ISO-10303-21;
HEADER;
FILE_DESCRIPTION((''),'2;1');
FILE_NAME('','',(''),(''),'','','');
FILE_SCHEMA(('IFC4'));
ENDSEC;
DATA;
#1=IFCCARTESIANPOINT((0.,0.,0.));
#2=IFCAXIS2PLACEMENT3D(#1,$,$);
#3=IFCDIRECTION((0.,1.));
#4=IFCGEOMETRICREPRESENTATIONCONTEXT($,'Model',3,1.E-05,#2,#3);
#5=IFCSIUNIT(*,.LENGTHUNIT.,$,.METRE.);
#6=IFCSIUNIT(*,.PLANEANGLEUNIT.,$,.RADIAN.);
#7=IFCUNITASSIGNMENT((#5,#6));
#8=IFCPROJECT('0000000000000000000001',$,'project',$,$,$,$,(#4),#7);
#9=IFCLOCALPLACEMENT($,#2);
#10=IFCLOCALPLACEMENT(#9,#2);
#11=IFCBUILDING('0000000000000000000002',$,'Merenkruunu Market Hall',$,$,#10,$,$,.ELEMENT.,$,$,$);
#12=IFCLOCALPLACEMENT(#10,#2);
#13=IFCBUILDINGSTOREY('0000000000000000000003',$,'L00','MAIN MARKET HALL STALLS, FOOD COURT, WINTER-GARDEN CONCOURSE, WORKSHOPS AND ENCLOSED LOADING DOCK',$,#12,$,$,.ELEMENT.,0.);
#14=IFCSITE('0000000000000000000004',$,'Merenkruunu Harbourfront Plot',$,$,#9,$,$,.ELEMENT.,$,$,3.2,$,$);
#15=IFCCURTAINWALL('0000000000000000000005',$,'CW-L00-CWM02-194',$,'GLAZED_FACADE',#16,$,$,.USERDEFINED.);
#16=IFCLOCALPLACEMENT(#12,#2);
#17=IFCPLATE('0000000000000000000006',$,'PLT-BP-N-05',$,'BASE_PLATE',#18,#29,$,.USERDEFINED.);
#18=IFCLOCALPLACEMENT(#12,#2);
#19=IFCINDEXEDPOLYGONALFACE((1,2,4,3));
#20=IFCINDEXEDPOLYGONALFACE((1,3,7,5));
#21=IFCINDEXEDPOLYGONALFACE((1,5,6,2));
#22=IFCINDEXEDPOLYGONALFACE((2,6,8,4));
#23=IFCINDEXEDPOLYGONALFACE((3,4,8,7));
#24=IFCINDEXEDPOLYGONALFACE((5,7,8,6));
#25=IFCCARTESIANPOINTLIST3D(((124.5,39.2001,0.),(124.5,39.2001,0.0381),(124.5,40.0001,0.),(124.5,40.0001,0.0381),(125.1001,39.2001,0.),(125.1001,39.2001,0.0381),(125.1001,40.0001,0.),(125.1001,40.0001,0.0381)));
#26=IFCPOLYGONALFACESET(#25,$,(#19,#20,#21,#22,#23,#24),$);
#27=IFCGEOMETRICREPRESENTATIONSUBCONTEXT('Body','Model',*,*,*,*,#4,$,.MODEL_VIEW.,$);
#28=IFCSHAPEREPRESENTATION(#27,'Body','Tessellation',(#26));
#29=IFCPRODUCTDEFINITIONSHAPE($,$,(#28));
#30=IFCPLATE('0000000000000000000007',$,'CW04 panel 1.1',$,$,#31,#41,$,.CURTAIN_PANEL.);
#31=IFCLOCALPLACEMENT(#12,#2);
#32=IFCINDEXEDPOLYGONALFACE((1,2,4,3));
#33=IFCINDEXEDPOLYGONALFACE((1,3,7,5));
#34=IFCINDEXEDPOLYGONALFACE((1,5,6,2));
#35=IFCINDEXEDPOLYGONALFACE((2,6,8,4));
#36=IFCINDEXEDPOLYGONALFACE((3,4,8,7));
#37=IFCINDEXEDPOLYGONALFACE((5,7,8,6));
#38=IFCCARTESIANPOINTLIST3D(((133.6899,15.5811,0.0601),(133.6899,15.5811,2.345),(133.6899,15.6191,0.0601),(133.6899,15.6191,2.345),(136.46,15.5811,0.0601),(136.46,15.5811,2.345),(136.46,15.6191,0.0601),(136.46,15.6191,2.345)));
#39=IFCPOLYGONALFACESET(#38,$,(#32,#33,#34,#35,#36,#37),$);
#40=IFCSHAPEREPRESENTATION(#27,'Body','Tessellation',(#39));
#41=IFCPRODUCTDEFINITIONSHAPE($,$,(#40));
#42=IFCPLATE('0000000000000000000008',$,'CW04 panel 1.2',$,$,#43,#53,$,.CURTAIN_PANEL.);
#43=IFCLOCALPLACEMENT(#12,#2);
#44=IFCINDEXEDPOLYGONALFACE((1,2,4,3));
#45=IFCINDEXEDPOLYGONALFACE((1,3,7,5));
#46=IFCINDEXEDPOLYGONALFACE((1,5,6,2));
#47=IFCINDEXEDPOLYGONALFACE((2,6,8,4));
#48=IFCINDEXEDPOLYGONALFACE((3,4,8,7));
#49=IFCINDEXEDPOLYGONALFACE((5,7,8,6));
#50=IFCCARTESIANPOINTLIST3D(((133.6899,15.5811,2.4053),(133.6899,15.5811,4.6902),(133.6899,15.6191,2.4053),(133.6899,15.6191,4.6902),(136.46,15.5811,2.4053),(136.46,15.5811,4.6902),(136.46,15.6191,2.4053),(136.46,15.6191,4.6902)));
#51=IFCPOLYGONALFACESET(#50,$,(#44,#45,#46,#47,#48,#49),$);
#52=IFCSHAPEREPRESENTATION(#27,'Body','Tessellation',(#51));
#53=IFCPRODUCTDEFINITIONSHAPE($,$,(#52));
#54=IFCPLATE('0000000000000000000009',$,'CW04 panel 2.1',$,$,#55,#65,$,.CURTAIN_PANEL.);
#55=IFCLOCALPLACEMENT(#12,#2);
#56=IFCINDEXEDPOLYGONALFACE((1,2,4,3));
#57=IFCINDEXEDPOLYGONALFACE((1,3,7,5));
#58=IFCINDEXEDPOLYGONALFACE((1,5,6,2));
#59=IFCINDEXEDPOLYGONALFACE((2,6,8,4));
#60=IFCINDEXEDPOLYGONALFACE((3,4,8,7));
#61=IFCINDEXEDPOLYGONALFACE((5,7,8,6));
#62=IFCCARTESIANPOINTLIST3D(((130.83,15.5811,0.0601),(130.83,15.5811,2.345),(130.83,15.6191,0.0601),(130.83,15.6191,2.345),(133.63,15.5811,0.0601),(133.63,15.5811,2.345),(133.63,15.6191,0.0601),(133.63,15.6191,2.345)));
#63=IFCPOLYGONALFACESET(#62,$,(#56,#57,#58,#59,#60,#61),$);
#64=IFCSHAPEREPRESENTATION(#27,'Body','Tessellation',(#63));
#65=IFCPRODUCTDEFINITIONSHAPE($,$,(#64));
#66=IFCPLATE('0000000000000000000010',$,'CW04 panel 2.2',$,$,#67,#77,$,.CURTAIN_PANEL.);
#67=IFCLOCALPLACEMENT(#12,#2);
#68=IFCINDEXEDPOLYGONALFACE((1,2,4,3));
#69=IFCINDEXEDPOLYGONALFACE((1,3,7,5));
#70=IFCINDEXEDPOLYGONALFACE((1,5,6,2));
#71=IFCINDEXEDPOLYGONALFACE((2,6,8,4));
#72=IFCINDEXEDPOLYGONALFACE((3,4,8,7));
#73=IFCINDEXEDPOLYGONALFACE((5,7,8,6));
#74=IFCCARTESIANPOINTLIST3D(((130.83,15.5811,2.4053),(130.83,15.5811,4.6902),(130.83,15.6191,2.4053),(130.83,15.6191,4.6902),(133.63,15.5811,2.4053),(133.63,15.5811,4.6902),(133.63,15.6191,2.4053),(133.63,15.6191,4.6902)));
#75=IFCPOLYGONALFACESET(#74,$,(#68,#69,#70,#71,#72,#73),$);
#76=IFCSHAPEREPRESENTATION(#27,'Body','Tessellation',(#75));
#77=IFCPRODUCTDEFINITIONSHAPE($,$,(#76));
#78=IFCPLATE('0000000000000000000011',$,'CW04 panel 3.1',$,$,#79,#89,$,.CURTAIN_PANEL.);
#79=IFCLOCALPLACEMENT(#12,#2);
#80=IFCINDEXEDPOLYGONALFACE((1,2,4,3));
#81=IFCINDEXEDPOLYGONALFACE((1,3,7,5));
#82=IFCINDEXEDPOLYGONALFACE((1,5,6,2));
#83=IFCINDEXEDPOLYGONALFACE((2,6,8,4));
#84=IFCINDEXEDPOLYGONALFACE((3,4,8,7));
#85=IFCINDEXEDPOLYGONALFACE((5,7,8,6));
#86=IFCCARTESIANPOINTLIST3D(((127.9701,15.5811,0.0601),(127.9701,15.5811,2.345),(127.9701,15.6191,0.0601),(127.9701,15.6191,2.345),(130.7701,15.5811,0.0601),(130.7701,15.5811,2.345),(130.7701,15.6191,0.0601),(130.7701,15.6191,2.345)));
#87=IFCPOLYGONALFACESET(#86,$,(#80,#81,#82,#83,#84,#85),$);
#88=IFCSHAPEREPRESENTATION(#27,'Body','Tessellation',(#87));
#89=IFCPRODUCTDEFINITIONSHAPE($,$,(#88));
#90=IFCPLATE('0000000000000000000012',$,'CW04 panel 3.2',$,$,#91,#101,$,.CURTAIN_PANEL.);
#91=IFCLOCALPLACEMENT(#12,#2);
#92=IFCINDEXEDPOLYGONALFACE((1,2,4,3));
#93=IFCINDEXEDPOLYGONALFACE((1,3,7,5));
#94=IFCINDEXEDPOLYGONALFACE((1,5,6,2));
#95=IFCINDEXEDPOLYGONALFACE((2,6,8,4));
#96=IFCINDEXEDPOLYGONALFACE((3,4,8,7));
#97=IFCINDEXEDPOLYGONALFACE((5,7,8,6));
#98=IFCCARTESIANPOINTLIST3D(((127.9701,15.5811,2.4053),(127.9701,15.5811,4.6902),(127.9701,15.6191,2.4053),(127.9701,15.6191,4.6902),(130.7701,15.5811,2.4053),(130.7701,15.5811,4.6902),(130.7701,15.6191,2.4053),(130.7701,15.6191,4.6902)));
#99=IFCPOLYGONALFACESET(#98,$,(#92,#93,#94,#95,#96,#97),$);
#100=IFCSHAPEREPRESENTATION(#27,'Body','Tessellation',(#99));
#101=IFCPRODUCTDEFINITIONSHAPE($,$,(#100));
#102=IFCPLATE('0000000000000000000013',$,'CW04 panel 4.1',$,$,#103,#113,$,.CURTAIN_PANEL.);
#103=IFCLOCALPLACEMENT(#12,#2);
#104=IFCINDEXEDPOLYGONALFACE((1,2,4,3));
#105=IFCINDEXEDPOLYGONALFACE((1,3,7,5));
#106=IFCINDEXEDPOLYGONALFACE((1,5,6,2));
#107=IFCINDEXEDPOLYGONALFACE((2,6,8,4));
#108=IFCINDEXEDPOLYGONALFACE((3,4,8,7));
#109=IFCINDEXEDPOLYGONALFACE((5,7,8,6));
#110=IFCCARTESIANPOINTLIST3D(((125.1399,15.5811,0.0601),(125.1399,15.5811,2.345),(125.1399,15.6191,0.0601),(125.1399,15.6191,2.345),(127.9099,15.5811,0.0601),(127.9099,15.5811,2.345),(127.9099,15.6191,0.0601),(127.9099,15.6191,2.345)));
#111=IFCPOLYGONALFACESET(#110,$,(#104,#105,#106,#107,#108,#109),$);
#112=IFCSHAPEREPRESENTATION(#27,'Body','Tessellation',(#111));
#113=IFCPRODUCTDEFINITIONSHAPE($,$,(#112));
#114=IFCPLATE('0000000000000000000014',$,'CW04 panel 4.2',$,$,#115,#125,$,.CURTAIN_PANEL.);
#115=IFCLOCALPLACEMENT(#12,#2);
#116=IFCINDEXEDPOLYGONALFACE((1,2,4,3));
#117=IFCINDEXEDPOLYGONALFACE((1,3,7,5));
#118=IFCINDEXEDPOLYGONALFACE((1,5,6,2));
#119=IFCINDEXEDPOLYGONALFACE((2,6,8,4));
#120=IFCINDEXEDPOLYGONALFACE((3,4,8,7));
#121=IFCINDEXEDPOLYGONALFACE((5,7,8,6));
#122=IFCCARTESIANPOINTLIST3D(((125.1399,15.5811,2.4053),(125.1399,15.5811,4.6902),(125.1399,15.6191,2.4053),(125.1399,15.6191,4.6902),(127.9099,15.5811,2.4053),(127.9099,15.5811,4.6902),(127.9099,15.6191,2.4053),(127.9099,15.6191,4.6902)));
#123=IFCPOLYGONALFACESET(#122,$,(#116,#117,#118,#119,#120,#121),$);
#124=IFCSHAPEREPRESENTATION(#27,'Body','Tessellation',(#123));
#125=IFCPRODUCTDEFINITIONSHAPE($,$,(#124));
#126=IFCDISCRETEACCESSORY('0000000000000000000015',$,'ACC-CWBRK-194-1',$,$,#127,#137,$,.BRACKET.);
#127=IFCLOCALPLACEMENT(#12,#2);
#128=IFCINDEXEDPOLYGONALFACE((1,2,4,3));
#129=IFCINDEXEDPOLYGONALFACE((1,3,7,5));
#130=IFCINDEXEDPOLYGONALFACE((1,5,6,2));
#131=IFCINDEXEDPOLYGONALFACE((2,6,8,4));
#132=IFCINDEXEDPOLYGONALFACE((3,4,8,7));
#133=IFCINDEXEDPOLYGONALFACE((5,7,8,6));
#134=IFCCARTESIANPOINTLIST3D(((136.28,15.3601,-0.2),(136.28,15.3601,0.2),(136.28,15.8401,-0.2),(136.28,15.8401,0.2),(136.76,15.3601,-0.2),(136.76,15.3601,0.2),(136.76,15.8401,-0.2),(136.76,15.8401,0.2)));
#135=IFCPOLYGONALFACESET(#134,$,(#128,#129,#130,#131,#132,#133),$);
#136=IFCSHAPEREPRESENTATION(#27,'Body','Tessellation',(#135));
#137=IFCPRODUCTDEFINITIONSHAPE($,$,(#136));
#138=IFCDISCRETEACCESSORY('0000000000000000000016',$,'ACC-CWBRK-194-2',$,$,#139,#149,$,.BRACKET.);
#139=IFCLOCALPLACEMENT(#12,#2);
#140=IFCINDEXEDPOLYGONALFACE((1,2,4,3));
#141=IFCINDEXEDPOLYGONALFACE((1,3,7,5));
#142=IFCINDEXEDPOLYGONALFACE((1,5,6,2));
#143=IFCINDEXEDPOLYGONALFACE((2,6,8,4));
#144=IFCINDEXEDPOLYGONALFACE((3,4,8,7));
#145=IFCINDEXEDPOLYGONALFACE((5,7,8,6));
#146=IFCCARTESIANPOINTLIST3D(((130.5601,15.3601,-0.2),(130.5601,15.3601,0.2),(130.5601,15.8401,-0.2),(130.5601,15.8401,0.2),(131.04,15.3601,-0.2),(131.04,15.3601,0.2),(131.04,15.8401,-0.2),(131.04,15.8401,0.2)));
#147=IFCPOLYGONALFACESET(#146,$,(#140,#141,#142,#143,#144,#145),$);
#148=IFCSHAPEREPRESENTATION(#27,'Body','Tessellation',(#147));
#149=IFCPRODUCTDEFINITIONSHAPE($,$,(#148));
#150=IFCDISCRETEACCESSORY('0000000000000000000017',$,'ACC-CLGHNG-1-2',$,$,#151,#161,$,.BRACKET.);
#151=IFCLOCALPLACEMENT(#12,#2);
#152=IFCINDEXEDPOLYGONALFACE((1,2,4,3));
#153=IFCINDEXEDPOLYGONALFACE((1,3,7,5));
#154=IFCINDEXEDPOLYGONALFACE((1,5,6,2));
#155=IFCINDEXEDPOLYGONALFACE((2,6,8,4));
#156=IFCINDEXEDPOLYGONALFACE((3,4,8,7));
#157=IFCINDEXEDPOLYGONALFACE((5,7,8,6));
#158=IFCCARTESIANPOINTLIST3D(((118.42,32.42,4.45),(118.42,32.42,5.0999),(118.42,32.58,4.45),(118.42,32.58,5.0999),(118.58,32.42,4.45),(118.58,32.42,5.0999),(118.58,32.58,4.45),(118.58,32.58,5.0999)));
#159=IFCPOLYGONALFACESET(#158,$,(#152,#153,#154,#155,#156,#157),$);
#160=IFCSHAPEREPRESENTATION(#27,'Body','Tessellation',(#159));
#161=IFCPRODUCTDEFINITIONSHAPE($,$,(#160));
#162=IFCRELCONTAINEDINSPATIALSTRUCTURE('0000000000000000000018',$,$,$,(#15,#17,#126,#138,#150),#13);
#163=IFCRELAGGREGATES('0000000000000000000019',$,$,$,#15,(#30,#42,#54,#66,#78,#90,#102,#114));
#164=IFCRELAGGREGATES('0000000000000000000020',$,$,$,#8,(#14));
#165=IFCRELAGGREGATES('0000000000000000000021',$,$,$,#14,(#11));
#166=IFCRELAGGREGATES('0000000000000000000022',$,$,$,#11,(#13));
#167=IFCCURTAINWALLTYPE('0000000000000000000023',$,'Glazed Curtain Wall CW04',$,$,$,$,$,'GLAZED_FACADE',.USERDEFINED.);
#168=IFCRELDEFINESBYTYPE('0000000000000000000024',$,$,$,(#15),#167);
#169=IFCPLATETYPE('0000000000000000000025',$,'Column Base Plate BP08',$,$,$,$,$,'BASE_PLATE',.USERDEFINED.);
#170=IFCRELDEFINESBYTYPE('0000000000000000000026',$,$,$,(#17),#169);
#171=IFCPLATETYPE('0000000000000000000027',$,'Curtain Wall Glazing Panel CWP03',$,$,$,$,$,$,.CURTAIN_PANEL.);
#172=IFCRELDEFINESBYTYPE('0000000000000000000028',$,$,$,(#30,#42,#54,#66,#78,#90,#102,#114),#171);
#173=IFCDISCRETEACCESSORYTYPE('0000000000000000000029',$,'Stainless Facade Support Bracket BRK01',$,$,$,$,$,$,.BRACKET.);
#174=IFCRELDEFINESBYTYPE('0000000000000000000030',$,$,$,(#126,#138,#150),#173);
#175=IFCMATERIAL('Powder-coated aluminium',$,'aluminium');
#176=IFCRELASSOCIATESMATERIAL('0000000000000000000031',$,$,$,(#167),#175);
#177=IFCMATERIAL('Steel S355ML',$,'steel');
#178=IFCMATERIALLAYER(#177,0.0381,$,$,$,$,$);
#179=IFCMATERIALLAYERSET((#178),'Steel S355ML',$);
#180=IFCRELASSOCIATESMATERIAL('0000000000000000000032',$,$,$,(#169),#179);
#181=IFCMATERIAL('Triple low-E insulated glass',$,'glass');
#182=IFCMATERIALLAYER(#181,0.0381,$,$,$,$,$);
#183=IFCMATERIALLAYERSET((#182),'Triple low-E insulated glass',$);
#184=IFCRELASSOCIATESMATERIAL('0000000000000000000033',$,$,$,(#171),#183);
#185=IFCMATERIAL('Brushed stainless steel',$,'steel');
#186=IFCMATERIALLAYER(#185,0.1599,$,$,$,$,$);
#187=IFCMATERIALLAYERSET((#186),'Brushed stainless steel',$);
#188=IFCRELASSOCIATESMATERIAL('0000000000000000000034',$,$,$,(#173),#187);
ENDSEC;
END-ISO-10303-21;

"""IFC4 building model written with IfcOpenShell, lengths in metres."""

from ifc_helpers import new_model, si_unit, direction, frame, origin, origin_2d, place, context, subcontext, project, spatial, rectangle, extrude, material, layer, layer_set, type_object, element, aggregate, save


model = new_model("IFC4")

# Units and contexts
model_context = context("Model", 3, precision=1e-05, world=origin(), true_north=direction((0.0, 1.0)))
body_context = subcontext(model_context, "Body", "Model", "MODEL_VIEW")
ifc_project = project(units=[si_unit("LENGTHUNIT", "METRE"), si_unit("PLANEANGLEUNIT", "RADIAN")], contexts=[model_context])

# Site, building, storey
site_placement = place(None, origin())
site = spatial("IfcSite", under=ifc_project, at=site_placement, Name="Merenkruunu Harbourfront Plot", CompositionType="ELEMENT", RefElevation=3.2)
building_placement = place(site_placement, origin())
building = spatial("IfcBuilding", under=site, at=building_placement, Name="Merenkruunu Market Hall", CompositionType="ELEMENT")
storey_placement = place(building_placement, origin())
storey = spatial("IfcBuildingStorey", under=building, at=storey_placement, Name="L00", Description="MAIN MARKET HALL STALLS, FOOD COURT, WINTER-GARDEN CONCOURSE, WORKSHOPS AND ENCLOSED LOADING DOCK", CompositionType="ELEMENT", Elevation=0.0)

# Curtain wall
ifc_material_1 = material(Name="Powder-coated aluminium", Category="aluminium")
curtain_wall_type = type_object("IfcCurtainWallType", Name="Glazed Curtain Wall CW04", ElementType="GLAZED_FACADE", PredefinedType="USERDEFINED", material=ifc_material_1)
curtain_wall_placement = place(storey_placement, origin())
curtain_wall = element("IfcCurtainWall", 1, at=curtain_wall_placement, inside=storey, type_object=curtain_wall_type, Name="CW-L00-CWM02-194", ObjectType="GLAZED_FACADE", PredefinedType="USERDEFINED")

# Plate
ifc_material_2 = material(Name="Steel S355ML", Category="steel")
ifc_layer_1 = layer(ifc_material_2, 0.0381)
ifc_layer_set_1 = layer_set([ifc_layer_1], Name="Steel S355ML")
plate_type_1 = type_object("IfcPlateType", Name="Column Base Plate BP08", ElementType="BASE_PLATE", PredefinedType="USERDEFINED", material=ifc_layer_set_1)
plate_1_placement = place(storey_placement, frame((124.8, 39.6001, 0.0), z_axis=(0.0, 0.0, 1.0), x_axis=(1.0, 0.0, 0.0)))
element("IfcPlate", 2, at=plate_1_placement, inside=storey, type_object=plate_type_1, Name="PLT-BP-N-05", ObjectType="BASE_PLATE", PredefinedType="USERDEFINED", context=body_context, shape_type="SweptSolid", body=[
    extrude(rectangle(XDim=0.6001, YDim=0.8, at=origin_2d()), origin(), (0.0, 0.0, 1.0), 0.0381),
])

# Plates
ifc_material_3 = material(Name="Triple low-E insulated glass", Category="glass")
ifc_layer_2 = layer(ifc_material_3, 0.0381)
ifc_layer_set_2 = layer_set([ifc_layer_2], Name="Triple low-E insulated glass")
plate_type_2 = type_object("IfcPlateType", Name="Curtain Wall Glazing Panel CWP03", PredefinedType="CURTAIN_PANEL", material=ifc_layer_set_2)
plate_2_placement = place(storey_placement, frame((135.075, 15.6001, 0.0601), z_axis=(0.0, 0.0, 1.0), x_axis=(-1.0, 0.0, 0.0)))
plate_2 = element("IfcPlate", 3, at=plate_2_placement, type_object=plate_type_2, Name="CW04 panel 1.1", PredefinedType="CURTAIN_PANEL", context=body_context, shape_type="SweptSolid", body=[
    extrude(rectangle(XDim=2.77, YDim=0.0381, at=origin_2d()), origin(), (0.0, 0.0, 1.0), 2.2849),
])
plate_3_placement = place(storey_placement, frame((135.075, 15.6001, 2.4053), z_axis=(0.0, 0.0, 1.0), x_axis=(-1.0, 0.0, 0.0)))
plate_3 = element("IfcPlate", 4, at=plate_3_placement, type_object=plate_type_2, Name="CW04 panel 1.2", PredefinedType="CURTAIN_PANEL", context=body_context, shape_type="SweptSolid", body=[
    extrude(rectangle(XDim=2.77, YDim=0.0381, at=origin_2d()), origin(), (0.0, 0.0, 1.0), 2.2849),
])
plate_4_placement = place(storey_placement, frame((132.23, 15.6001, 0.0601), z_axis=(0.0, 0.0, 1.0), x_axis=(-1.0, 0.0, 0.0)))
plate_4 = element("IfcPlate", 5, at=plate_4_placement, type_object=plate_type_2, Name="CW04 panel 2.1", PredefinedType="CURTAIN_PANEL", context=body_context, shape_type="SweptSolid", body=[
    extrude(rectangle(XDim=2.8, YDim=0.0381, at=origin_2d()), origin(), (0.0, 0.0, 1.0), 2.2849),
])
plate_5_placement = place(storey_placement, frame((132.23, 15.6001, 2.4053), z_axis=(0.0, 0.0, 1.0), x_axis=(-1.0, 0.0, 0.0)))
plate_5 = element("IfcPlate", 6, at=plate_5_placement, type_object=plate_type_2, Name="CW04 panel 2.2", PredefinedType="CURTAIN_PANEL", context=body_context, shape_type="SweptSolid", body=[
    extrude(rectangle(XDim=2.8, YDim=0.0381, at=origin_2d()), origin(), (0.0, 0.0, 1.0), 2.2849),
])
plate_6_placement = place(storey_placement, frame((129.3701, 15.6001, 0.0601), z_axis=(0.0, 0.0, 1.0), x_axis=(-1.0, 0.0, 0.0)))
plate_6 = element("IfcPlate", 7, at=plate_6_placement, type_object=plate_type_2, Name="CW04 panel 3.1", PredefinedType="CURTAIN_PANEL", context=body_context, shape_type="SweptSolid", body=[
    extrude(rectangle(XDim=2.8, YDim=0.0381, at=origin_2d()), origin(), (0.0, 0.0, 1.0), 2.2849),
])
plate_7_placement = place(storey_placement, frame((129.3701, 15.6001, 2.4053), z_axis=(0.0, 0.0, 1.0), x_axis=(-1.0, 0.0, 0.0)))
plate_7 = element("IfcPlate", 8, at=plate_7_placement, type_object=plate_type_2, Name="CW04 panel 3.2", PredefinedType="CURTAIN_PANEL", context=body_context, shape_type="SweptSolid", body=[
    extrude(rectangle(XDim=2.8, YDim=0.0381, at=origin_2d()), origin(), (0.0, 0.0, 1.0), 2.2849),
])
plate_8_placement = place(storey_placement, frame((126.5249, 15.6001, 0.0601), z_axis=(0.0, 0.0, 1.0), x_axis=(-1.0, 0.0, 0.0)))
plate_8 = element("IfcPlate", 9, at=plate_8_placement, type_object=plate_type_2, Name="CW04 panel 4.1", PredefinedType="CURTAIN_PANEL", context=body_context, shape_type="SweptSolid", body=[
    extrude(rectangle(XDim=2.77, YDim=0.0381, at=origin_2d()), origin(), (0.0, 0.0, 1.0), 2.2849),
])
plate_9_placement = place(storey_placement, frame((126.5249, 15.6001, 2.4053), z_axis=(0.0, 0.0, 1.0), x_axis=(-1.0, 0.0, 0.0)))
plate_9 = element("IfcPlate", 10, at=plate_9_placement, type_object=plate_type_2, Name="CW04 panel 4.2", PredefinedType="CURTAIN_PANEL", context=body_context, shape_type="SweptSolid", body=[
    extrude(rectangle(XDim=2.77, YDim=0.0381, at=origin_2d()), origin(), (0.0, 0.0, 1.0), 2.2849),
])
aggregate(curtain_wall, [plate_2, plate_3, plate_4, plate_5, plate_6, plate_7, plate_8, plate_9])

# Discrete accessories
ifc_material_4 = material(Name="Brushed stainless steel", Category="steel")
ifc_layer_3 = layer(ifc_material_4, 0.1599)
ifc_layer_set_3 = layer_set([ifc_layer_3], Name="Brushed stainless steel")
discrete_accessory_type = type_object("IfcDiscreteAccessoryType", Name="Stainless Facade Support Bracket BRK01", PredefinedType="BRACKET", material=ifc_layer_set_3)
for number, where, z_axis, x_axis, name in (
    (11, (136.52, 15.6001, -0.2), (0.0, 0.0, 1.0), (1.0, 0.0, 0.0), "ACC-CWBRK-194-1"),
    (12, (130.8, 15.6001, -0.2), (0.0, 0.0, 1.0), (1.0, 0.0, 0.0), "ACC-CWBRK-194-2"),
):
    element("IfcDiscreteAccessory", number, at=place(storey_placement, frame(where, z_axis=z_axis, x_axis=x_axis)), inside=storey, type_object=discrete_accessory_type, Name=name, PredefinedType="BRACKET", context=body_context, shape_type="SweptSolid", body=[
        extrude(rectangle(XDim=0.48, YDim=0.48, at=origin_2d()), origin(), (0.0, 0.0, 1.0), 0.3999),
    ])
discrete_accessory_placement = place(storey_placement, frame((118.5, 32.5, 4.45), z_axis=(0.0, 0.0, 1.0), x_axis=(1.0, 0.0, 0.0)))
element("IfcDiscreteAccessory", 13, at=discrete_accessory_placement, inside=storey, type_object=discrete_accessory_type, Name="ACC-CLGHNG-1-2", PredefinedType="BRACKET", context=body_context, shape_type="SweptSolid", body=[
    extrude(rectangle(XDim=0.1599, YDim=0.1599, at=origin_2d()), origin(), (0.0, 0.0, 1.0), 0.6499),
])

save(model, "model.ifc")
